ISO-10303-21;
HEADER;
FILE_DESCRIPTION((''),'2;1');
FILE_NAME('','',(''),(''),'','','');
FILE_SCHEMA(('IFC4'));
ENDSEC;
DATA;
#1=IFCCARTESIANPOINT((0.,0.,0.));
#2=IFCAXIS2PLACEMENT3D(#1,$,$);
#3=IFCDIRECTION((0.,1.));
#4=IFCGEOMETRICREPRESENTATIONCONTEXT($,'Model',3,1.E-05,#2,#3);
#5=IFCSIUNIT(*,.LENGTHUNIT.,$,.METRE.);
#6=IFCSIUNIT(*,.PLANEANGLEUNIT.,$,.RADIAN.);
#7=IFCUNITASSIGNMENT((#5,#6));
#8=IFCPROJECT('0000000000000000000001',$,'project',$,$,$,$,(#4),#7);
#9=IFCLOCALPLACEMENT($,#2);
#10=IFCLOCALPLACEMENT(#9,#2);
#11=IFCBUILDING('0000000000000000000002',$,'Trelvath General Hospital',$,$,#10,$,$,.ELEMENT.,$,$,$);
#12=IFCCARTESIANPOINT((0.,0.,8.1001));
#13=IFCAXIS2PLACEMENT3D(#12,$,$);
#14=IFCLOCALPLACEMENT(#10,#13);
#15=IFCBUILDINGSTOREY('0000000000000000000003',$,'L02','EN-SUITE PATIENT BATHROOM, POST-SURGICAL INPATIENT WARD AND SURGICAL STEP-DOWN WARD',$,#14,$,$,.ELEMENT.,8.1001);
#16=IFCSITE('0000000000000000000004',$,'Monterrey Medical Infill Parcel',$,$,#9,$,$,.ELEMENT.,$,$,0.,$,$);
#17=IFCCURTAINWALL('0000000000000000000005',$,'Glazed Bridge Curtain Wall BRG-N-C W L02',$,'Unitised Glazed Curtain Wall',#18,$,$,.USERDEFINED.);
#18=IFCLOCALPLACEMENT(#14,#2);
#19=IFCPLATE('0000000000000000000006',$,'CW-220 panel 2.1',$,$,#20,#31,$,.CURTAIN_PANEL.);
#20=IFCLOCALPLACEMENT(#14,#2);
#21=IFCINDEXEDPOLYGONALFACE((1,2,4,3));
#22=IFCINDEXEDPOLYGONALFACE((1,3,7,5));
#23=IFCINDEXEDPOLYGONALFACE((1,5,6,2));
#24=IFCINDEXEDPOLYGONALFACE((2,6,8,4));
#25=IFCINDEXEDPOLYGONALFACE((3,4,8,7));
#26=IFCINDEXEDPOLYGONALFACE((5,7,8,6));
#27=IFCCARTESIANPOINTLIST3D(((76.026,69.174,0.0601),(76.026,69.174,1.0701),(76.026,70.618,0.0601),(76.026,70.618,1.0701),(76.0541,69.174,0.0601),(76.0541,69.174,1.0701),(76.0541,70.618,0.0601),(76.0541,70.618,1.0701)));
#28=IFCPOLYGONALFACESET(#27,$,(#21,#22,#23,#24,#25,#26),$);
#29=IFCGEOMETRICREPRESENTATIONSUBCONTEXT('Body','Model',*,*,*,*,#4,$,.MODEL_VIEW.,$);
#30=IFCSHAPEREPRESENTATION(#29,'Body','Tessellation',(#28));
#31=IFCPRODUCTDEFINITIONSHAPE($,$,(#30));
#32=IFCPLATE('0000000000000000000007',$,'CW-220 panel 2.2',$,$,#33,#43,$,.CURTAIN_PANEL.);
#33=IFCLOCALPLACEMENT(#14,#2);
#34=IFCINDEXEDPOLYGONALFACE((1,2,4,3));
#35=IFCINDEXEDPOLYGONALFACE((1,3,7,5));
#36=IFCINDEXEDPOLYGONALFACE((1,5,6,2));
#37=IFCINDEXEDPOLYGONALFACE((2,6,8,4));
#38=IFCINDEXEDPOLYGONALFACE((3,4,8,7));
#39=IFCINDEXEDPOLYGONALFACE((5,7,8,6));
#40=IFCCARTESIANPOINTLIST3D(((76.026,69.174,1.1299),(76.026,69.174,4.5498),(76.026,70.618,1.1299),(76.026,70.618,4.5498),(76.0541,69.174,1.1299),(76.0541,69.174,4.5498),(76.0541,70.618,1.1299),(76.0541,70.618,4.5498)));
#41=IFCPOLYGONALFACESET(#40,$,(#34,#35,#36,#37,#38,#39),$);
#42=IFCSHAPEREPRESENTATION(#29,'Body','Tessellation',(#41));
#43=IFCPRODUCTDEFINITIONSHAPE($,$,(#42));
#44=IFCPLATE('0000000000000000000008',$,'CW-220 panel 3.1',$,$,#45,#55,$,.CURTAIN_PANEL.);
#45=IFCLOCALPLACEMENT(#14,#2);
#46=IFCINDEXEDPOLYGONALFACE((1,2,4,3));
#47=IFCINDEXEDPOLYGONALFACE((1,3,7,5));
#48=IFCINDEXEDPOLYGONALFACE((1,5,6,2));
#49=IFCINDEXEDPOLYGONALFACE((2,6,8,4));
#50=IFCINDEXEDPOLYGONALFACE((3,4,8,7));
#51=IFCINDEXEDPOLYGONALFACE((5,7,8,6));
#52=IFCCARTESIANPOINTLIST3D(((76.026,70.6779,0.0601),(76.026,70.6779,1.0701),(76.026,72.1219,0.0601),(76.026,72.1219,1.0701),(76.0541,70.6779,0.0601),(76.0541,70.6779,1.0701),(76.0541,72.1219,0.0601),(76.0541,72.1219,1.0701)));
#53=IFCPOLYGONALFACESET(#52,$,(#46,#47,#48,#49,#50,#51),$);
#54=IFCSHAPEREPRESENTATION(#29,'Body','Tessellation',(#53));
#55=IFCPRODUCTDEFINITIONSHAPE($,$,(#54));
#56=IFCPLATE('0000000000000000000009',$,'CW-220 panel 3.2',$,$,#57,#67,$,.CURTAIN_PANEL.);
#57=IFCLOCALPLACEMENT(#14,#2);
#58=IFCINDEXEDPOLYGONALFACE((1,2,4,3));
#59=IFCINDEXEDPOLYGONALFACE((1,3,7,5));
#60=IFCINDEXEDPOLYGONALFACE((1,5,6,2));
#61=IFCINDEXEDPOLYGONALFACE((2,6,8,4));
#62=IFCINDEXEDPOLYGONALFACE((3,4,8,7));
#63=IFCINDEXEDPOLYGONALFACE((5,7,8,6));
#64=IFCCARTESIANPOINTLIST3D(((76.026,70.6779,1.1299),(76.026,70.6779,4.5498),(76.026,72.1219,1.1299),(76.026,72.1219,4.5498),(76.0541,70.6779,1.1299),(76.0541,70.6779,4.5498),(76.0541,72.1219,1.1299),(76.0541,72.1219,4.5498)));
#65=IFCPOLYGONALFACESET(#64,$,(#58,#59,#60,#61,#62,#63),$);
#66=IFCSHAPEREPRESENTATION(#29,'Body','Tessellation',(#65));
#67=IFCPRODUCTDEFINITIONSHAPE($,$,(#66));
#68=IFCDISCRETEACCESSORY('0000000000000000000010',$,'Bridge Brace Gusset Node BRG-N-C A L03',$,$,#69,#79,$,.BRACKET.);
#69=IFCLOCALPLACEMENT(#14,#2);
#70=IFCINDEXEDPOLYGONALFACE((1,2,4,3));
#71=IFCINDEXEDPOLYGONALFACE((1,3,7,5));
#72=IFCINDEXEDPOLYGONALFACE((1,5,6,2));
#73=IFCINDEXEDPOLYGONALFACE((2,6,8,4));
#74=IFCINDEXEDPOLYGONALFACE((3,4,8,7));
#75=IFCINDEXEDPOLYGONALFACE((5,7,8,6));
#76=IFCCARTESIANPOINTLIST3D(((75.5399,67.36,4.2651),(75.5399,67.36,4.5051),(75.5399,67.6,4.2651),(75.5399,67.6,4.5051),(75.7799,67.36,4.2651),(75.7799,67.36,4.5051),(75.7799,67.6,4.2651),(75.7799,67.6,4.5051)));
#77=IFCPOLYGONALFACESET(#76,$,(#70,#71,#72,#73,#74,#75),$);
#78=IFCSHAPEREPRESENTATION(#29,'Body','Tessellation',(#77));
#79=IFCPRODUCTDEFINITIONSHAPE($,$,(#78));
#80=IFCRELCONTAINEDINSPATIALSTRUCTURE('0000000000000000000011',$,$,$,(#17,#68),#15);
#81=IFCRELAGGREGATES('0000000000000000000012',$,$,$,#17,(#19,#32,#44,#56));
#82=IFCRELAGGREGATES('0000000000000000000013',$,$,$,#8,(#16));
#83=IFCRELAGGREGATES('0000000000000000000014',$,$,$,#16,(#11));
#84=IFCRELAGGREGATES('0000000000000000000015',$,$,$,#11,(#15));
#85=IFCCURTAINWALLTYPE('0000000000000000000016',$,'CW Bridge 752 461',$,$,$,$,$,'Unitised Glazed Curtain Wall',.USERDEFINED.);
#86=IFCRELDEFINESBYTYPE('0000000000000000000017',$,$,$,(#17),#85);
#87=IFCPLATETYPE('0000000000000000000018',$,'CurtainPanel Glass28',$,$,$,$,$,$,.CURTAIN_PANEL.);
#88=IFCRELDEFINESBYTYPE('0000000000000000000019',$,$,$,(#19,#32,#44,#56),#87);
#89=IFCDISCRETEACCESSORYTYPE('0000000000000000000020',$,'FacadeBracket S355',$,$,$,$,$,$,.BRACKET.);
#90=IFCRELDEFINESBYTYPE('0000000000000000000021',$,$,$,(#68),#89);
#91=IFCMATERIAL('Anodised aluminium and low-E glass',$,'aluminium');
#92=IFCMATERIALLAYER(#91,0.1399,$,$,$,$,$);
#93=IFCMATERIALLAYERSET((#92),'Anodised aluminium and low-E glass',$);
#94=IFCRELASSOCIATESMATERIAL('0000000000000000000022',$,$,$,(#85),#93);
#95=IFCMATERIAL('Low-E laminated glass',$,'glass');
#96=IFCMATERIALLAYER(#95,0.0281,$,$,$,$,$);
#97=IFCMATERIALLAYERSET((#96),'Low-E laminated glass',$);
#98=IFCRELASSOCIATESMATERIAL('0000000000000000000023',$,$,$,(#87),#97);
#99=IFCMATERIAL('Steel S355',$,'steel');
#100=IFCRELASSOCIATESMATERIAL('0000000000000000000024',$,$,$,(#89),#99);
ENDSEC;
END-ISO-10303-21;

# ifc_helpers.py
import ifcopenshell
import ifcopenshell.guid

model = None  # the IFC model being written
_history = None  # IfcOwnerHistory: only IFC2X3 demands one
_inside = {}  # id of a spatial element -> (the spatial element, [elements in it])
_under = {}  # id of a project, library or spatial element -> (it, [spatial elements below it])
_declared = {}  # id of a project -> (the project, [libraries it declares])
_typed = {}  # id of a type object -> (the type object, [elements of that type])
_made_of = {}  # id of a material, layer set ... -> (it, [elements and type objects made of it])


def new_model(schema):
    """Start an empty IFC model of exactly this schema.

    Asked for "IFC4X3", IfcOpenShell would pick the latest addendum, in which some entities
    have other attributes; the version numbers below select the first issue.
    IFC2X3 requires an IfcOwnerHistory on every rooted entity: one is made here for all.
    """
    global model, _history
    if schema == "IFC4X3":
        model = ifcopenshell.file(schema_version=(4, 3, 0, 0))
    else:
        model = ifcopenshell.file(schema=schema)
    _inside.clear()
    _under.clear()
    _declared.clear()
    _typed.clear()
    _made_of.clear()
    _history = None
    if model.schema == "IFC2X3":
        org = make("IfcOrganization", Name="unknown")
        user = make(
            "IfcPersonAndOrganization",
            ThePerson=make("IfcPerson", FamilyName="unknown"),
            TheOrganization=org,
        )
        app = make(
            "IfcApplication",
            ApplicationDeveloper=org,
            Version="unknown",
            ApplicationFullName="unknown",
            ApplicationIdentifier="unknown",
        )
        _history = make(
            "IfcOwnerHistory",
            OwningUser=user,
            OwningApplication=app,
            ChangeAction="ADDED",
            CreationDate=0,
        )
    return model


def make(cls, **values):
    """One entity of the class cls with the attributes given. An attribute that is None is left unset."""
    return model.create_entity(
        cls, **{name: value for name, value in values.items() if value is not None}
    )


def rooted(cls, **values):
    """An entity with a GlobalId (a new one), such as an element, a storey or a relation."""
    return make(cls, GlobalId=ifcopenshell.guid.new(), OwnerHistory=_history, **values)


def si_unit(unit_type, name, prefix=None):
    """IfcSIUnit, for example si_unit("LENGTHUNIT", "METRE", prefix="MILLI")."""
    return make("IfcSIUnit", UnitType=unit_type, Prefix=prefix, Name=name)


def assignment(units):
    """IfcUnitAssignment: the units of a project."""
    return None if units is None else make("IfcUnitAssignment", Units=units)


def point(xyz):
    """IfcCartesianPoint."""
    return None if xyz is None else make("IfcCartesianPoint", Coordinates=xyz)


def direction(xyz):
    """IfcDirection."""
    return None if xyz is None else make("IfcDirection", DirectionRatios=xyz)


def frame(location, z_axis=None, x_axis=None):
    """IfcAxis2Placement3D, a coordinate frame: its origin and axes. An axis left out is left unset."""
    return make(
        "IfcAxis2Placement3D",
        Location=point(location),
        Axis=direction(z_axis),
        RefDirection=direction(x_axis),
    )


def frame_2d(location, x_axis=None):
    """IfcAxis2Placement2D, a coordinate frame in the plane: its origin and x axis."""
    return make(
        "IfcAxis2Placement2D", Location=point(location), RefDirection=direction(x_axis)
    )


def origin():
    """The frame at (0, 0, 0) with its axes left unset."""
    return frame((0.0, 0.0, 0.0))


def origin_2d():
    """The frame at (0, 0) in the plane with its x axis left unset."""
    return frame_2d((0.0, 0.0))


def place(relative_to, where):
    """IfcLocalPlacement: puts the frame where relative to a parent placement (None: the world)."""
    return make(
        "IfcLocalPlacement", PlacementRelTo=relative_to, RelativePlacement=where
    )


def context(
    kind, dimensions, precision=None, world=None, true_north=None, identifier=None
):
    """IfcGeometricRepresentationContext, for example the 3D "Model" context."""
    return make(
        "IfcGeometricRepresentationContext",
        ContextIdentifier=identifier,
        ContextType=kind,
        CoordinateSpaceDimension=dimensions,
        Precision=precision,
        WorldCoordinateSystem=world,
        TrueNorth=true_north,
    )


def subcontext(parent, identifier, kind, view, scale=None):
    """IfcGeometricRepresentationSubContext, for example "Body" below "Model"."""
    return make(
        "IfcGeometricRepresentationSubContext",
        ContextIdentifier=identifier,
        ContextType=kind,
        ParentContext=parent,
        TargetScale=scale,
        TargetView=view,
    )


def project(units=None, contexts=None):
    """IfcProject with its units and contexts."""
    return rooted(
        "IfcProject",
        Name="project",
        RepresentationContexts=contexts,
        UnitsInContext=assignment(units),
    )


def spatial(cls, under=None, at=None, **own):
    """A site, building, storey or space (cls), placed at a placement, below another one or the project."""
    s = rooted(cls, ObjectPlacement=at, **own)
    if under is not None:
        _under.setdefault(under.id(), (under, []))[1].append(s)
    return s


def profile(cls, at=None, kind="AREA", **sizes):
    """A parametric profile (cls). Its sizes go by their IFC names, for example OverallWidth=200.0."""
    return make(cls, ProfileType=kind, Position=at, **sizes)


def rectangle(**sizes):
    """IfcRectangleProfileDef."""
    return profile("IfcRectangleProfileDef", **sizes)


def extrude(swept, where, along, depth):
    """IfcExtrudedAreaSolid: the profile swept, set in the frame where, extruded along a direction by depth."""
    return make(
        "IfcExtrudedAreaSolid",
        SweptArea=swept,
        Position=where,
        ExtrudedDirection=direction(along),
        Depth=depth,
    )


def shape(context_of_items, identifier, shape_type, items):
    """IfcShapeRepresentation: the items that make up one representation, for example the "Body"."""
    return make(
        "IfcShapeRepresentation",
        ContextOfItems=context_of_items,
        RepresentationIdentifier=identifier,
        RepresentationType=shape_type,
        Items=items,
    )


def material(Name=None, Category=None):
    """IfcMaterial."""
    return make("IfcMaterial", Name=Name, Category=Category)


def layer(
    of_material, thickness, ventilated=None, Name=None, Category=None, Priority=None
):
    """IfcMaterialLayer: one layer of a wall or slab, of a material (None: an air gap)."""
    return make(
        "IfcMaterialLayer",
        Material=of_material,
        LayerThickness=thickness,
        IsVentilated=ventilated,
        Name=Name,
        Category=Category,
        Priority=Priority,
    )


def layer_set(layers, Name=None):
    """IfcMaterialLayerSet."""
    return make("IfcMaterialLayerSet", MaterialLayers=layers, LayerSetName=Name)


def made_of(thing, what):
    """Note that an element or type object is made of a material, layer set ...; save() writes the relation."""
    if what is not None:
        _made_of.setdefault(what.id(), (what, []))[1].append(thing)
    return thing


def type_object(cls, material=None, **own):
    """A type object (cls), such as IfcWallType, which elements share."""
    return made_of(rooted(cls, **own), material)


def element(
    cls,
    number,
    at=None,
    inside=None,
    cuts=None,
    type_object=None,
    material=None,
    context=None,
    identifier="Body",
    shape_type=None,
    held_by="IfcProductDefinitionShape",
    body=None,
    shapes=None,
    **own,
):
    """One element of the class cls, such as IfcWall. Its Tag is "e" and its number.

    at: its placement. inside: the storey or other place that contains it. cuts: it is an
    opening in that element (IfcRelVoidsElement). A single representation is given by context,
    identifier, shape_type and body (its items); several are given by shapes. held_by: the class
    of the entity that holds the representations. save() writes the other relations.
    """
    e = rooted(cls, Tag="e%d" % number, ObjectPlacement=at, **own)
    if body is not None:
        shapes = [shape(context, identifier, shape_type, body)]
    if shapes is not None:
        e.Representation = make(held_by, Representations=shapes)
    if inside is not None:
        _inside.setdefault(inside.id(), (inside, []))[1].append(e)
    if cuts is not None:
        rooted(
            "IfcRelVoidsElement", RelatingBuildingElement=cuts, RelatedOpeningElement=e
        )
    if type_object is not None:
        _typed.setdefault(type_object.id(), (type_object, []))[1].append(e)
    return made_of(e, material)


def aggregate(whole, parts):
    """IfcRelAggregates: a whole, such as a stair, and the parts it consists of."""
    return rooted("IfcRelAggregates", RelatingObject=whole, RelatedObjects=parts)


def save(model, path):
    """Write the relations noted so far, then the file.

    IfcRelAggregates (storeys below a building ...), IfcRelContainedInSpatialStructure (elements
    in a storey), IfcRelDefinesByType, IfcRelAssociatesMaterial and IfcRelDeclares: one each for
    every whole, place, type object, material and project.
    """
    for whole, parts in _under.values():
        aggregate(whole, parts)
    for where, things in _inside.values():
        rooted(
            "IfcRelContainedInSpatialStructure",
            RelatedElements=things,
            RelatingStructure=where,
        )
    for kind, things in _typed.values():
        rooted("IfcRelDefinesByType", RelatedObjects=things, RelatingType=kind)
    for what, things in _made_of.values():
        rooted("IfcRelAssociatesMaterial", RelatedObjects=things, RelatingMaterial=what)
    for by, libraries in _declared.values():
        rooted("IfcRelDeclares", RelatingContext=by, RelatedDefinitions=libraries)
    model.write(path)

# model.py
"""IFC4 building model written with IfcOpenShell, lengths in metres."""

from ifc_helpers import new_model, si_unit, direction, frame, origin, origin_2d, place, context, subcontext, project, spatial, rectangle, extrude, material, layer, layer_set, type_object, element, aggregate, save


model = new_model("IFC4")

# Units and contexts
model_context = context("Model", 3, precision=1e-05, world=origin(), true_north=direction((0.0, 1.0)))
body_context = subcontext(model_context, "Body", "Model", "MODEL_VIEW")
ifc_project = project(units=[si_unit("LENGTHUNIT", "METRE"), si_unit("PLANEANGLEUNIT", "RADIAN")], contexts=[model_context])

# Site, building, storey
site_placement = place(None, origin())
site = spatial("IfcSite", under=ifc_project, at=site_placement, Name="Monterrey Medical Infill Parcel", CompositionType="ELEMENT", RefElevation=0.0)
building_placement = place(site_placement, origin())
building = spatial("IfcBuilding", under=site, at=building_placement, Name="Trelvath General Hospital", CompositionType="ELEMENT")
storey_placement = place(building_placement, frame((0.0, 0.0, 8.1001)))
storey = spatial("IfcBuildingStorey", under=building, at=storey_placement, Name="L02", Description="EN-SUITE PATIENT BATHROOM, POST-SURGICAL INPATIENT WARD AND SURGICAL STEP-DOWN WARD", CompositionType="ELEMENT", Elevation=8.1001)

# Curtain wall, plates
ifc_material_1 = material(Name="Anodised aluminium and low-E glass", Category="aluminium")
ifc_layer_1 = layer(ifc_material_1, 0.1399)
ifc_layer_set_1 = layer_set([ifc_layer_1], Name="Anodised aluminium and low-E glass")
curtain_wall_type = type_object("IfcCurtainWallType", Name="CW Bridge 752 461", ElementType="Unitised Glazed Curtain Wall", PredefinedType="USERDEFINED", material=ifc_layer_set_1)
curtain_wall_placement = place(storey_placement, origin())
curtain_wall = element("IfcCurtainWall", 1, at=curtain_wall_placement, inside=storey, type_object=curtain_wall_type, Name="Glazed Bridge Curtain Wall BRG-N-C W L02", ObjectType="Unitised Glazed Curtain Wall", PredefinedType="USERDEFINED")
ifc_material_2 = material(Name="Low-E laminated glass", Category="glass")
ifc_layer_2 = layer(ifc_material_2, 0.0281)
ifc_layer_set_2 = layer_set([ifc_layer_2], Name="Low-E laminated glass")
plate_type = type_object("IfcPlateType", Name="CurtainPanel Glass28", PredefinedType="CURTAIN_PANEL", material=ifc_layer_set_2)
plate_1_placement = place(storey_placement, frame((76.04, 69.896, 0.0601), z_axis=(0.0, 0.0, 1.0), x_axis=(0.0, 1.0, 0.0)))
plate_1 = element("IfcPlate", 2, at=plate_1_placement, type_object=plate_type, Name="CW-220 panel 2.1", PredefinedType="CURTAIN_PANEL", context=body_context, shape_type="SweptSolid", body=[
    extrude(rectangle(XDim=1.4441, YDim=0.0281, at=origin_2d()), origin(), (0.0, 0.0, 1.0), 1.01),
])
plate_2_placement = place(storey_placement, frame((76.04, 69.896, 1.1299), z_axis=(0.0, 0.0, 1.0), x_axis=(0.0, 1.0, 0.0)))
plate_2 = element("IfcPlate", 3, at=plate_2_placement, type_object=plate_type, Name="CW-220 panel 2.2", PredefinedType="CURTAIN_PANEL", context=body_context, shape_type="SweptSolid", body=[
    extrude(rectangle(XDim=1.4441, YDim=0.0281, at=origin_2d()), origin(), (0.0, 0.0, 1.0), 3.4199),
])
plate_3_placement = place(storey_placement, frame((76.04, 71.3999, 0.0601), z_axis=(0.0, 0.0, 1.0), x_axis=(0.0, 1.0, 0.0)))
plate_3 = element("IfcPlate", 4, at=plate_3_placement, type_object=plate_type, Name="CW-220 panel 3.1", PredefinedType="CURTAIN_PANEL", context=body_context, shape_type="SweptSolid", body=[
    extrude(rectangle(XDim=1.4441, YDim=0.0281, at=origin_2d()), origin(), (0.0, 0.0, 1.0), 1.01),
])
plate_4_placement = place(storey_placement, frame((76.04, 71.3999, 1.1299), z_axis=(0.0, 0.0, 1.0), x_axis=(0.0, 1.0, 0.0)))
plate_4 = element("IfcPlate", 5, at=plate_4_placement, type_object=plate_type, Name="CW-220 panel 3.2", PredefinedType="CURTAIN_PANEL", context=body_context, shape_type="SweptSolid", body=[
    extrude(rectangle(XDim=1.4441, YDim=0.0281, at=origin_2d()), origin(), (0.0, 0.0, 1.0), 3.4199),
])
aggregate(curtain_wall, [plate_1, plate_2, plate_3, plate_4])

# Discrete accessory
ifc_material_3 = material(Name="Steel S355", Category="steel")
discrete_accessory_type = type_object("IfcDiscreteAccessoryType", Name="FacadeBracket S355", PredefinedType="BRACKET", material=ifc_material_3)
discrete_accessory_placement = place(storey_placement, frame((75.6599, 67.48, 4.2651), z_axis=(0.0, 0.0, 1.0), x_axis=(1.0, 0.0, 0.0)))
element("IfcDiscreteAccessory", 6, at=discrete_accessory_placement, inside=storey, type_object=discrete_accessory_type, Name="Bridge Brace Gusset Node BRG-N-C A L03", PredefinedType="BRACKET", context=body_context, shape_type="SweptSolid", body=[
    extrude(rectangle(XDim=0.24, YDim=0.24, at=origin_2d()), origin(), (0.0, 0.0, 1.0), 0.24),
])

save(model, "model.ifc")
